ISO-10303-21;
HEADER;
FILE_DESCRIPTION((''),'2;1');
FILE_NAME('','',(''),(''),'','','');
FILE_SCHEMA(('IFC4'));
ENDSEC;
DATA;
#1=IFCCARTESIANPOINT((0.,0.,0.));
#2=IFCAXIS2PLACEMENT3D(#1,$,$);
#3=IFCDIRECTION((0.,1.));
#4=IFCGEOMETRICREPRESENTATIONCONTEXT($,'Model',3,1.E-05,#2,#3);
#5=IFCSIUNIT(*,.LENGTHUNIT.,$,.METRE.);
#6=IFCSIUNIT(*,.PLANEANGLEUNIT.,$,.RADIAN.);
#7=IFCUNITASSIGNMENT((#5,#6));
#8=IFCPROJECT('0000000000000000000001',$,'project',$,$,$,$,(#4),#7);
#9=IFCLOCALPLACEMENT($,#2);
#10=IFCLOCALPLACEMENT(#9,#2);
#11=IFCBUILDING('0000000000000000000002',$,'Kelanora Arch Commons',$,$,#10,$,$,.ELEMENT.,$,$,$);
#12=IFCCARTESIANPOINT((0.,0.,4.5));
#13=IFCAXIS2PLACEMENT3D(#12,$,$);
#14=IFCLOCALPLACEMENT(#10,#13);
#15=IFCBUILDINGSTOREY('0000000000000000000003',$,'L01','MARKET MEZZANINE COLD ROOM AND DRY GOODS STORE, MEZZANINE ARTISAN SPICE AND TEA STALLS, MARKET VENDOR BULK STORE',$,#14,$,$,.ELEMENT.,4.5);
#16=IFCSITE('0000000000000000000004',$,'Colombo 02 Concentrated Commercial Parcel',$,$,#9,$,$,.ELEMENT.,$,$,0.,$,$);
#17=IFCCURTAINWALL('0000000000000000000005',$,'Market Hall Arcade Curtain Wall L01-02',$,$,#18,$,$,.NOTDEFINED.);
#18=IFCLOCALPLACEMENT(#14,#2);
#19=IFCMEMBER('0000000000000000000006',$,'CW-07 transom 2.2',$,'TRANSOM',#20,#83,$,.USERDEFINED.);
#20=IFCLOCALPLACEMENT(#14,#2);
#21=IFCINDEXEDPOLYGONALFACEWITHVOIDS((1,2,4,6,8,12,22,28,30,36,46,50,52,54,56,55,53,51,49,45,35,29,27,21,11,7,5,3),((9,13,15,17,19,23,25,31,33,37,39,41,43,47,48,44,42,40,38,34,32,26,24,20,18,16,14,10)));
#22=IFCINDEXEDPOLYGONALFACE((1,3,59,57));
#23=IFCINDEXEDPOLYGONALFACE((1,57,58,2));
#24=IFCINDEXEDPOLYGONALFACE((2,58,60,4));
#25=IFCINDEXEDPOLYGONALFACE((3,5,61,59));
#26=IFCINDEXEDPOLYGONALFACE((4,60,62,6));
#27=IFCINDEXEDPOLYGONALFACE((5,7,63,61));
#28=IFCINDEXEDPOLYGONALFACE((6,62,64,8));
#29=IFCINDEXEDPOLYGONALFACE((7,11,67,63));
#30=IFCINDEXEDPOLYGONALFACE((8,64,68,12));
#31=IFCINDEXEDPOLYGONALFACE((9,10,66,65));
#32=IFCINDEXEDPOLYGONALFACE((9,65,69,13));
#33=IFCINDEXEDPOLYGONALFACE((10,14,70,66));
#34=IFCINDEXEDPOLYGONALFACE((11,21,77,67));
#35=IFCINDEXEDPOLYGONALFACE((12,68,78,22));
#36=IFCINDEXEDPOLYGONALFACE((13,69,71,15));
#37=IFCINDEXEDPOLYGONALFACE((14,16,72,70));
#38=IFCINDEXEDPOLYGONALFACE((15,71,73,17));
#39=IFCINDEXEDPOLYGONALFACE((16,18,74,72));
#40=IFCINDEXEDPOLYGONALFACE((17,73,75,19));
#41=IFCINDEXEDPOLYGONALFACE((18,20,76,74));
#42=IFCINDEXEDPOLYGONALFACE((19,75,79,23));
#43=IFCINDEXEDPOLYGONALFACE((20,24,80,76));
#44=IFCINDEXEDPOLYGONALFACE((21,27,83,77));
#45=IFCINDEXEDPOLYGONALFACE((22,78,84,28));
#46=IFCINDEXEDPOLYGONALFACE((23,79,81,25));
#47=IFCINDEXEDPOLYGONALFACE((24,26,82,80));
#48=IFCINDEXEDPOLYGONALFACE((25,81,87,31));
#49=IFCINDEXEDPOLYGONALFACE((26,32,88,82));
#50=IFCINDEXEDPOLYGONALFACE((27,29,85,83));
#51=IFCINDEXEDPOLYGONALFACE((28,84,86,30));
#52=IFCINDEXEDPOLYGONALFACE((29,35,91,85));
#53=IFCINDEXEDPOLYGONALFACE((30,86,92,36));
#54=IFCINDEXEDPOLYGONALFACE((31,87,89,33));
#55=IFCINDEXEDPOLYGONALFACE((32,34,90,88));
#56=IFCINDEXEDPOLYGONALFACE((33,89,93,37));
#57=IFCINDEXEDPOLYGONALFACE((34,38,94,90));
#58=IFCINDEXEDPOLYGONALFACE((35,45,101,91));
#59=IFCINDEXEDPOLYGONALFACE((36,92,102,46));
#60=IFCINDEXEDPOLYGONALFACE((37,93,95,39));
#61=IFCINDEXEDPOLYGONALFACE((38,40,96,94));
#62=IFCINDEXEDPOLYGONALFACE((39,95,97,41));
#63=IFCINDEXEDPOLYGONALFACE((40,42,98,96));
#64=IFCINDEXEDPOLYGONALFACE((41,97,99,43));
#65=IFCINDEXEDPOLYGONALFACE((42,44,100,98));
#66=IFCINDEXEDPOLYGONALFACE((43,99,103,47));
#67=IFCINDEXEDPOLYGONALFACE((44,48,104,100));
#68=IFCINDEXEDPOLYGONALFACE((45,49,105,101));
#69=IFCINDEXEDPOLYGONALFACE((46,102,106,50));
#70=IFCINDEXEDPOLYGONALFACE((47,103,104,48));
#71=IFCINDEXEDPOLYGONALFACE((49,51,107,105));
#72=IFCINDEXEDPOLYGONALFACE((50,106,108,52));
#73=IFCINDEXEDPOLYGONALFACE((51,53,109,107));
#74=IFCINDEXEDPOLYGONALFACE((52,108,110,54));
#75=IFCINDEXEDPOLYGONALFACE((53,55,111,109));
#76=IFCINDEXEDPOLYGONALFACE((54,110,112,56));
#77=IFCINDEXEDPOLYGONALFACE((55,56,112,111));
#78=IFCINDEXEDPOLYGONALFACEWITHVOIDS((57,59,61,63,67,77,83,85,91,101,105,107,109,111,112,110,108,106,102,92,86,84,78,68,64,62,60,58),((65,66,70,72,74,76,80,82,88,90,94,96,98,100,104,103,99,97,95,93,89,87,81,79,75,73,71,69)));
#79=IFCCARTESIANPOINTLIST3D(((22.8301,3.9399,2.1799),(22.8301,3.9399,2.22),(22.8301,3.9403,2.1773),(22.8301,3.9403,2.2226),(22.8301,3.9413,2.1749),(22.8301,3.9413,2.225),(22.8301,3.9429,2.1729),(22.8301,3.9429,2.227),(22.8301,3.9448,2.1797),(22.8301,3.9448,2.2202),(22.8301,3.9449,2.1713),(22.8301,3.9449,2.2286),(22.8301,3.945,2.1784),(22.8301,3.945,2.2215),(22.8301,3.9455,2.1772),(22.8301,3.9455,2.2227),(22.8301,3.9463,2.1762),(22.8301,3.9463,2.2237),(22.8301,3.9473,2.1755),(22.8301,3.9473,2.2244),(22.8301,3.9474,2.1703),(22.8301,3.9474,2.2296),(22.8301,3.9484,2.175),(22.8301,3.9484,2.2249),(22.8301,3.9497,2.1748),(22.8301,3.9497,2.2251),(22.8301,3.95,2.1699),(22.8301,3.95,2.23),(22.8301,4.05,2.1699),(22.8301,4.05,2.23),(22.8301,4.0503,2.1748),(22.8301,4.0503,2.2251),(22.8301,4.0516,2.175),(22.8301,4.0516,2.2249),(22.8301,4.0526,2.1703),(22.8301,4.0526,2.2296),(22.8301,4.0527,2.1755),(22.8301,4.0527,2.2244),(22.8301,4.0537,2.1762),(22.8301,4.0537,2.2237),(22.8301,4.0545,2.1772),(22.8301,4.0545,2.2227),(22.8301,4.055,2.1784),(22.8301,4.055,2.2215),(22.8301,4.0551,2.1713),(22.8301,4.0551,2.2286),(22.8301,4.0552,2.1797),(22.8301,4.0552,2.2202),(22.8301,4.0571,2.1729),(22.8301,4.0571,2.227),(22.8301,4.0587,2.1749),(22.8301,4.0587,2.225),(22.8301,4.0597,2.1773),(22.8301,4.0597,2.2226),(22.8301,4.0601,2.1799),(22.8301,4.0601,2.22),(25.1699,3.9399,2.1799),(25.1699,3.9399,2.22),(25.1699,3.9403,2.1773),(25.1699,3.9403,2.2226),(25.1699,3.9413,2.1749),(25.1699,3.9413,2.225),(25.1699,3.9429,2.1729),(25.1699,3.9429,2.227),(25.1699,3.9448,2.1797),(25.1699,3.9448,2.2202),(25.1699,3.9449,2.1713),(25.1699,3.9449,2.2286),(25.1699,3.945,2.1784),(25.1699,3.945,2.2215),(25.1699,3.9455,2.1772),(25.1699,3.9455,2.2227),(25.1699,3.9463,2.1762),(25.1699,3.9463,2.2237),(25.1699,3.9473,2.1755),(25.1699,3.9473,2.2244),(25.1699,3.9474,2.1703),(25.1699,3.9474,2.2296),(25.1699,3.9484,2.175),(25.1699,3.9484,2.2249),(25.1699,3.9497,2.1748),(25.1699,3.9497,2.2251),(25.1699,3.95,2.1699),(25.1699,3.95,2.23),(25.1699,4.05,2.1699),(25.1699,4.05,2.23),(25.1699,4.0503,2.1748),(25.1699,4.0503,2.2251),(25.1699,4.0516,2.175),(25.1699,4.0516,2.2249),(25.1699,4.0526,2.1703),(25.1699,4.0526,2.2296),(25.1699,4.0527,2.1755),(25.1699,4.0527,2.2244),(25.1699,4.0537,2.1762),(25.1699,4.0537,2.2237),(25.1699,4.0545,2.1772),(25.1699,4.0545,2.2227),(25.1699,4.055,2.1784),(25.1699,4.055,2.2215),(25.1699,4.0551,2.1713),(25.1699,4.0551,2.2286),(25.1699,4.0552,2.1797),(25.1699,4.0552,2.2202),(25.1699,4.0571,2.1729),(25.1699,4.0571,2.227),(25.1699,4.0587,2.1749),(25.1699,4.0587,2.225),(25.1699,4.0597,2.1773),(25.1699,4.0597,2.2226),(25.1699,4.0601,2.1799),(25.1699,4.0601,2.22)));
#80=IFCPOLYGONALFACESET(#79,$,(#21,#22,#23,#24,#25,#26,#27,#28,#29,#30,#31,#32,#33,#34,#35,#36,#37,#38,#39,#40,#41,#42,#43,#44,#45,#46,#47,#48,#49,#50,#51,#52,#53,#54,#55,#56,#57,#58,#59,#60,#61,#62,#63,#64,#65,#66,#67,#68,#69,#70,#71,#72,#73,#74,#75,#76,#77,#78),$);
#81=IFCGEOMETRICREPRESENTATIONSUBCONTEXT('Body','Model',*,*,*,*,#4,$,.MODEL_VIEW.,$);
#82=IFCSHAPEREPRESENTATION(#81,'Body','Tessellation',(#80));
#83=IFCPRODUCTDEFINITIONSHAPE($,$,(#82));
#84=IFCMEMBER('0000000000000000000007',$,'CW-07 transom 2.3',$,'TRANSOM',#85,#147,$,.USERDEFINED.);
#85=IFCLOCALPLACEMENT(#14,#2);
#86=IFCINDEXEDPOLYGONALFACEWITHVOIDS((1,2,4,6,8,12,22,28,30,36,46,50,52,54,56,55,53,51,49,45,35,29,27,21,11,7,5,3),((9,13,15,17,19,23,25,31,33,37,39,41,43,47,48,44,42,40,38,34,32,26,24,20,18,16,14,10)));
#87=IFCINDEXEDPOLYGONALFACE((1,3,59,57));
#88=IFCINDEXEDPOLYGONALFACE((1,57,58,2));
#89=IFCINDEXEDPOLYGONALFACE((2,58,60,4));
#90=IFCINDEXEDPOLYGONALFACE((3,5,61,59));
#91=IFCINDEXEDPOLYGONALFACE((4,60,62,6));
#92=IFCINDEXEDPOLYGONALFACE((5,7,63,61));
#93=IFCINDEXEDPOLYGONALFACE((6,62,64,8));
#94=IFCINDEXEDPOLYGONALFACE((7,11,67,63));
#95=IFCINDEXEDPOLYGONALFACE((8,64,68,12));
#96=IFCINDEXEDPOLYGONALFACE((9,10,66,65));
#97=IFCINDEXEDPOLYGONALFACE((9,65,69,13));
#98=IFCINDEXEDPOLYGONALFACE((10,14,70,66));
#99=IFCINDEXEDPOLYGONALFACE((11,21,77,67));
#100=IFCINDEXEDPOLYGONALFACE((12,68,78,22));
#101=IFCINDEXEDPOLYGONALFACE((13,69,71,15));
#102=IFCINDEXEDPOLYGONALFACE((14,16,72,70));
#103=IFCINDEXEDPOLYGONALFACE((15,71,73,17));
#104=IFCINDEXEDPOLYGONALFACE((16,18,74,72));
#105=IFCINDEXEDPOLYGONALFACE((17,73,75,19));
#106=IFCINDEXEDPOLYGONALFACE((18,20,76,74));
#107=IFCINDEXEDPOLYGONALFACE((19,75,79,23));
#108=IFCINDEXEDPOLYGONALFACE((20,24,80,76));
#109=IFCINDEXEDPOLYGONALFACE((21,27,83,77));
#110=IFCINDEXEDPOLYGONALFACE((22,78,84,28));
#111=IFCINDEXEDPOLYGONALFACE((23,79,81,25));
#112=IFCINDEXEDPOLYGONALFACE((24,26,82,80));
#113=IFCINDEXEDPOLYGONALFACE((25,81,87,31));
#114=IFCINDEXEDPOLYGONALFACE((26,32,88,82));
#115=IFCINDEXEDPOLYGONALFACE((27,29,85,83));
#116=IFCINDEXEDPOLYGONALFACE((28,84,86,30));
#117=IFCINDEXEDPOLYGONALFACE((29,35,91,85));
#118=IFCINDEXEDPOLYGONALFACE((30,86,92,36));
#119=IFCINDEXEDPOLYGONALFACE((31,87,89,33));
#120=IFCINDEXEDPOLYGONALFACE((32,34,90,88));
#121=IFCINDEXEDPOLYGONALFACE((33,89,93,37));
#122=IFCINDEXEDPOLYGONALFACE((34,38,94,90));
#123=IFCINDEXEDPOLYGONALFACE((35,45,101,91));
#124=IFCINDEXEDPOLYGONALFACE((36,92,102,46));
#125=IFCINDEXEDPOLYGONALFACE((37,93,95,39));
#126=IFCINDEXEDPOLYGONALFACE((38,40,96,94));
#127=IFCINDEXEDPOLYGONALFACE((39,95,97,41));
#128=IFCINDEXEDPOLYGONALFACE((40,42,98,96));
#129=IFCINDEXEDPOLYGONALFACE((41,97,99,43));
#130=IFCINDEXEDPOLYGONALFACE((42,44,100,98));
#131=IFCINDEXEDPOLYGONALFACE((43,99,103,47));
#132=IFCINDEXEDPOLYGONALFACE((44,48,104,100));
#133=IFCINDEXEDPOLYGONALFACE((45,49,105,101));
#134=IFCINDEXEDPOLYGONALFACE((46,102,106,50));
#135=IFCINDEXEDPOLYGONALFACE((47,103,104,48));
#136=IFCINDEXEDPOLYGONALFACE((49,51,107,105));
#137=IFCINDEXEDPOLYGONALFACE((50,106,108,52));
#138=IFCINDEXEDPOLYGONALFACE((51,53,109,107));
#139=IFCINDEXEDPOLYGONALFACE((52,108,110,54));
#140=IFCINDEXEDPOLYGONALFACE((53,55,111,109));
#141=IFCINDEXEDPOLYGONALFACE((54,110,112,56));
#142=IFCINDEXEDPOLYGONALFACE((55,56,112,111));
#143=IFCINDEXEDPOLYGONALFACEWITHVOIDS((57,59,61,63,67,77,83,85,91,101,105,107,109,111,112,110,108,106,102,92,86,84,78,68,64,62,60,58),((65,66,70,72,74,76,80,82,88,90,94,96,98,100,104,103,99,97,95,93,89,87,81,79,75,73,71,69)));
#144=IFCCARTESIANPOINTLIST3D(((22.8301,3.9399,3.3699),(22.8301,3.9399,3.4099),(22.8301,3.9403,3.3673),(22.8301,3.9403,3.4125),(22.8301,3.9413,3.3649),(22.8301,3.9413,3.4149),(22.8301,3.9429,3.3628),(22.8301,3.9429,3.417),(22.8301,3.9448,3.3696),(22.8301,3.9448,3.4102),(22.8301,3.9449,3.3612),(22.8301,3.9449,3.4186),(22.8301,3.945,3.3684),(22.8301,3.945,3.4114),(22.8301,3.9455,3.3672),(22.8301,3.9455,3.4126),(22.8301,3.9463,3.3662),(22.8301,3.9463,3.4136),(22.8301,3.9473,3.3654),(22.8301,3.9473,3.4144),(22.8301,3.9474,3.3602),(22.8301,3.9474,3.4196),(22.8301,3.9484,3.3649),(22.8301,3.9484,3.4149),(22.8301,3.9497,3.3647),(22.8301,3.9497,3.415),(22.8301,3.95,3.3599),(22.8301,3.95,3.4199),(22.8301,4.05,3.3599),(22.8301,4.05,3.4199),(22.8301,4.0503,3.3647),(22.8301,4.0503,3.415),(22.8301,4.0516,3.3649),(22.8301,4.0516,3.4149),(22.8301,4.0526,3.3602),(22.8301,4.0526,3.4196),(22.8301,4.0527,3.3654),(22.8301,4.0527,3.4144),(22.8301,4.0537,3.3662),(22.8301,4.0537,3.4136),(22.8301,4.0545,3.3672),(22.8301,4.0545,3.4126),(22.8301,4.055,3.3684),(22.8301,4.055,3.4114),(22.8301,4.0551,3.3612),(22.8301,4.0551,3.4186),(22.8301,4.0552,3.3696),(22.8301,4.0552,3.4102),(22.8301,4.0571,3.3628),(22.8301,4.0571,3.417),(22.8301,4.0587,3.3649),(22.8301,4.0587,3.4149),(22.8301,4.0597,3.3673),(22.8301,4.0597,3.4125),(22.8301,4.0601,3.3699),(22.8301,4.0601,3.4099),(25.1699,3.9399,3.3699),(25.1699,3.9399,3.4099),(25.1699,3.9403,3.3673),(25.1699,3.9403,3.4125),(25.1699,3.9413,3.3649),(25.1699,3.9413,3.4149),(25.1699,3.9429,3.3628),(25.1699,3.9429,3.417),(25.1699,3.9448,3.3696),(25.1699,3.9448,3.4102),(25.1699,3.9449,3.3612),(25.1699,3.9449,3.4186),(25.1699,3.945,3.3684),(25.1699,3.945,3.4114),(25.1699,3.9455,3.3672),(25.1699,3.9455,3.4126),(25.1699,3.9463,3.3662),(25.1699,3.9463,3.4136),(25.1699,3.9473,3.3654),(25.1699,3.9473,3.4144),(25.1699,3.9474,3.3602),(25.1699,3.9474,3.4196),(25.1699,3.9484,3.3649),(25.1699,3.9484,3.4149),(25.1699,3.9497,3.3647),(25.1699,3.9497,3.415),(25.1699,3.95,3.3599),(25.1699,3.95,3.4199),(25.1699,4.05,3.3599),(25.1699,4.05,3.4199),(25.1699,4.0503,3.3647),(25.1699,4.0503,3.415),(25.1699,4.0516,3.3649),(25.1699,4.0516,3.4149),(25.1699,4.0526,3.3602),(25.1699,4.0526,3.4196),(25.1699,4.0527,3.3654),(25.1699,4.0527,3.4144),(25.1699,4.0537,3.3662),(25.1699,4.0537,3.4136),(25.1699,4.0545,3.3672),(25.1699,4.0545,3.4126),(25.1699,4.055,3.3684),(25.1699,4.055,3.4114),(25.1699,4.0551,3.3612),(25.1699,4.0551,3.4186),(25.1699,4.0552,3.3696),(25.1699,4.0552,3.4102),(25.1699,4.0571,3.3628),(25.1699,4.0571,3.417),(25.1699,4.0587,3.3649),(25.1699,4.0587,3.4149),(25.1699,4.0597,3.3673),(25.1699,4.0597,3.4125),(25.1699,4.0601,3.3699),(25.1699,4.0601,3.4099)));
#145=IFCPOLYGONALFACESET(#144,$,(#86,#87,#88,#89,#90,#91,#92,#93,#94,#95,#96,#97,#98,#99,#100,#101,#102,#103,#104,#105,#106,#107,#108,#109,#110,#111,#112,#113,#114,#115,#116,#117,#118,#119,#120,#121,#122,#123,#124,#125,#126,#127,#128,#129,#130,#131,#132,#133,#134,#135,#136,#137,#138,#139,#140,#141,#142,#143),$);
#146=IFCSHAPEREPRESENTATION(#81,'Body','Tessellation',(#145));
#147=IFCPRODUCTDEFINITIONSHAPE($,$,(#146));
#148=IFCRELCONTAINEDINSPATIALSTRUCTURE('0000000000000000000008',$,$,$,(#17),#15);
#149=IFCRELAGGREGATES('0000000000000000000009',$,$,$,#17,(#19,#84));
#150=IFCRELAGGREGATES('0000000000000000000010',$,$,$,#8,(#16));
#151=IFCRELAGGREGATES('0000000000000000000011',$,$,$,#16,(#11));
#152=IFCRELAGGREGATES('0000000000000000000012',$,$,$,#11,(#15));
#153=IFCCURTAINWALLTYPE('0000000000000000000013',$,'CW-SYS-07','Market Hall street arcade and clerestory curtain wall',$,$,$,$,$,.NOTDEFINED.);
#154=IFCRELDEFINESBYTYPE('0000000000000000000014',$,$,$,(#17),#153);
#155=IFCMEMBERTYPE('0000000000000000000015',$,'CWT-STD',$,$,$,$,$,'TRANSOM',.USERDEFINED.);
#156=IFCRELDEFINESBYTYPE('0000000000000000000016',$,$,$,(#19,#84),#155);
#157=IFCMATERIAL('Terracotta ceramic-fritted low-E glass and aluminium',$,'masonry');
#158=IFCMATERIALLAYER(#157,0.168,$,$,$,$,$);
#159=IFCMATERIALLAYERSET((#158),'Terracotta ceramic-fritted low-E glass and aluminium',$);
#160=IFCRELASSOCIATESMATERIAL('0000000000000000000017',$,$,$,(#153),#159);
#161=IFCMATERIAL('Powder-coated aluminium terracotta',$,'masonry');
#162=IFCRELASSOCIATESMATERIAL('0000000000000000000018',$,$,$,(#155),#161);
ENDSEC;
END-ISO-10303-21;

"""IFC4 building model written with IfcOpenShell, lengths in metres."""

from ifc_helpers import new_model, si_unit, direction, frame, origin, origin_2d, place, context, subcontext, project, spatial, hollow_rectangle, extrude, material, layer, layer_set, material_profile, profile_set, type_object, element, aggregate, save


model = new_model("IFC4")

# Units and contexts
model_context = context("Model", 3, precision=1e-05, world=origin(), true_north=direction((0.0, 1.0)))
body_context = subcontext(model_context, "Body", "Model", "MODEL_VIEW")
ifc_project = project(units=[si_unit("LENGTHUNIT", "METRE"), si_unit("PLANEANGLEUNIT", "RADIAN")], contexts=[model_context])

# Site, building, storey
site_placement = place(None, origin())
site = spatial("IfcSite", under=ifc_project, at=site_placement, Name="Colombo 02 Concentrated Commercial Parcel", CompositionType="ELEMENT", RefElevation=0.0)
building_placement = place(site_placement, origin())
building = spatial("IfcBuilding", under=site, at=building_placement, Name="Kelanora Arch Commons", CompositionType="ELEMENT")
storey_placement = place(building_placement, frame((0.0, 0.0, 4.5)))
storey = spatial("IfcBuildingStorey", under=building, at=storey_placement, Name="L01", Description="MARKET MEZZANINE COLD ROOM AND DRY GOODS STORE, MEZZANINE ARTISAN SPICE AND TEA STALLS, MARKET VENDOR BULK STORE", CompositionType="ELEMENT", Elevation=4.5)

# Curtain wall, members
ifc_material_1 = material(Name="Terracotta ceramic-fritted low-E glass and aluminium", Category="masonry")
ifc_layer_1 = layer(ifc_material_1, 0.168)
ifc_layer_set_1 = layer_set([ifc_layer_1], Name="Terracotta ceramic-fritted low-E glass and aluminium")
curtain_wall_type = type_object("IfcCurtainWallType", Name="CW-SYS-07", Description="Market Hall street arcade and clerestory curtain wall", PredefinedType="NOTDEFINED", material=ifc_layer_set_1)
curtain_wall_placement = place(storey_placement, origin())
curtain_wall = element("IfcCurtainWall", 1, at=curtain_wall_placement, inside=storey, type_object=curtain_wall_type, Name="Market Hall Arcade Curtain Wall L01-02", PredefinedType="NOTDEFINED")
ifc_material_2 = material(Name="Powder-coated aluminium terracotta", Category="masonry")
ifc_material_profile_1 = material_profile(ifc_material_2, hollow_rectangle(XDim=0.1201, YDim=0.0601, WallThickness=0.0049, InnerFilletRadius=0.0049, OuterFilletRadius=0.01, at=origin_2d()), Name="CWT120x60")
ifc_profile_set_1 = profile_set([ifc_material_profile_1], Name="Powder-coated aluminium terracotta")
member_type_1 = type_object("IfcMemberType", Name="CWT-STD", ElementType="TRANSOM", PredefinedType="USERDEFINED", material=ifc_profile_set_1)
member_1_placement = place(storey_placement, frame((22.8301, 4.0, 2.2), z_axis=(1.0, 0.0, 0.0), x_axis=(0.0, 1.0, 0.0)))
member_1 = element("IfcMember", 2, at=member_1_placement, type_object=member_type_1, Name="CW-07 transom 2.2", ObjectType="TRANSOM", PredefinedType="USERDEFINED", context=body_context, shape_type="SweptSolid", body=[
    extrude(hollow_rectangle(XDim=0.1201, YDim=0.0601, WallThickness=0.0049, InnerFilletRadius=0.0049, OuterFilletRadius=0.01, at=origin_2d()), origin(), (0.0, 0.0, 1.0), 2.3398),
])
member_2_placement = place(storey_placement, frame((22.8301, 4.0, 3.3899), z_axis=(1.0, 0.0, 0.0), x_axis=(0.0, 1.0, 0.0)))
member_2 = element("IfcMember", 3, at=member_2_placement, type_object=member_type_1, Name="CW-07 transom 2.3", ObjectType="TRANSOM", PredefinedType="USERDEFINED", context=body_context, shape_type="SweptSolid", body=[
    extrude(hollow_rectangle(XDim=0.1201, YDim=0.0601, WallThickness=0.0049, InnerFilletRadius=0.0049, OuterFilletRadius=0.01, at=origin_2d()), origin(), (0.0, 0.0, 1.0), 2.3398),
])
aggregate(curtain_wall, [member_1, member_2])

save(model, "model.ifc")
